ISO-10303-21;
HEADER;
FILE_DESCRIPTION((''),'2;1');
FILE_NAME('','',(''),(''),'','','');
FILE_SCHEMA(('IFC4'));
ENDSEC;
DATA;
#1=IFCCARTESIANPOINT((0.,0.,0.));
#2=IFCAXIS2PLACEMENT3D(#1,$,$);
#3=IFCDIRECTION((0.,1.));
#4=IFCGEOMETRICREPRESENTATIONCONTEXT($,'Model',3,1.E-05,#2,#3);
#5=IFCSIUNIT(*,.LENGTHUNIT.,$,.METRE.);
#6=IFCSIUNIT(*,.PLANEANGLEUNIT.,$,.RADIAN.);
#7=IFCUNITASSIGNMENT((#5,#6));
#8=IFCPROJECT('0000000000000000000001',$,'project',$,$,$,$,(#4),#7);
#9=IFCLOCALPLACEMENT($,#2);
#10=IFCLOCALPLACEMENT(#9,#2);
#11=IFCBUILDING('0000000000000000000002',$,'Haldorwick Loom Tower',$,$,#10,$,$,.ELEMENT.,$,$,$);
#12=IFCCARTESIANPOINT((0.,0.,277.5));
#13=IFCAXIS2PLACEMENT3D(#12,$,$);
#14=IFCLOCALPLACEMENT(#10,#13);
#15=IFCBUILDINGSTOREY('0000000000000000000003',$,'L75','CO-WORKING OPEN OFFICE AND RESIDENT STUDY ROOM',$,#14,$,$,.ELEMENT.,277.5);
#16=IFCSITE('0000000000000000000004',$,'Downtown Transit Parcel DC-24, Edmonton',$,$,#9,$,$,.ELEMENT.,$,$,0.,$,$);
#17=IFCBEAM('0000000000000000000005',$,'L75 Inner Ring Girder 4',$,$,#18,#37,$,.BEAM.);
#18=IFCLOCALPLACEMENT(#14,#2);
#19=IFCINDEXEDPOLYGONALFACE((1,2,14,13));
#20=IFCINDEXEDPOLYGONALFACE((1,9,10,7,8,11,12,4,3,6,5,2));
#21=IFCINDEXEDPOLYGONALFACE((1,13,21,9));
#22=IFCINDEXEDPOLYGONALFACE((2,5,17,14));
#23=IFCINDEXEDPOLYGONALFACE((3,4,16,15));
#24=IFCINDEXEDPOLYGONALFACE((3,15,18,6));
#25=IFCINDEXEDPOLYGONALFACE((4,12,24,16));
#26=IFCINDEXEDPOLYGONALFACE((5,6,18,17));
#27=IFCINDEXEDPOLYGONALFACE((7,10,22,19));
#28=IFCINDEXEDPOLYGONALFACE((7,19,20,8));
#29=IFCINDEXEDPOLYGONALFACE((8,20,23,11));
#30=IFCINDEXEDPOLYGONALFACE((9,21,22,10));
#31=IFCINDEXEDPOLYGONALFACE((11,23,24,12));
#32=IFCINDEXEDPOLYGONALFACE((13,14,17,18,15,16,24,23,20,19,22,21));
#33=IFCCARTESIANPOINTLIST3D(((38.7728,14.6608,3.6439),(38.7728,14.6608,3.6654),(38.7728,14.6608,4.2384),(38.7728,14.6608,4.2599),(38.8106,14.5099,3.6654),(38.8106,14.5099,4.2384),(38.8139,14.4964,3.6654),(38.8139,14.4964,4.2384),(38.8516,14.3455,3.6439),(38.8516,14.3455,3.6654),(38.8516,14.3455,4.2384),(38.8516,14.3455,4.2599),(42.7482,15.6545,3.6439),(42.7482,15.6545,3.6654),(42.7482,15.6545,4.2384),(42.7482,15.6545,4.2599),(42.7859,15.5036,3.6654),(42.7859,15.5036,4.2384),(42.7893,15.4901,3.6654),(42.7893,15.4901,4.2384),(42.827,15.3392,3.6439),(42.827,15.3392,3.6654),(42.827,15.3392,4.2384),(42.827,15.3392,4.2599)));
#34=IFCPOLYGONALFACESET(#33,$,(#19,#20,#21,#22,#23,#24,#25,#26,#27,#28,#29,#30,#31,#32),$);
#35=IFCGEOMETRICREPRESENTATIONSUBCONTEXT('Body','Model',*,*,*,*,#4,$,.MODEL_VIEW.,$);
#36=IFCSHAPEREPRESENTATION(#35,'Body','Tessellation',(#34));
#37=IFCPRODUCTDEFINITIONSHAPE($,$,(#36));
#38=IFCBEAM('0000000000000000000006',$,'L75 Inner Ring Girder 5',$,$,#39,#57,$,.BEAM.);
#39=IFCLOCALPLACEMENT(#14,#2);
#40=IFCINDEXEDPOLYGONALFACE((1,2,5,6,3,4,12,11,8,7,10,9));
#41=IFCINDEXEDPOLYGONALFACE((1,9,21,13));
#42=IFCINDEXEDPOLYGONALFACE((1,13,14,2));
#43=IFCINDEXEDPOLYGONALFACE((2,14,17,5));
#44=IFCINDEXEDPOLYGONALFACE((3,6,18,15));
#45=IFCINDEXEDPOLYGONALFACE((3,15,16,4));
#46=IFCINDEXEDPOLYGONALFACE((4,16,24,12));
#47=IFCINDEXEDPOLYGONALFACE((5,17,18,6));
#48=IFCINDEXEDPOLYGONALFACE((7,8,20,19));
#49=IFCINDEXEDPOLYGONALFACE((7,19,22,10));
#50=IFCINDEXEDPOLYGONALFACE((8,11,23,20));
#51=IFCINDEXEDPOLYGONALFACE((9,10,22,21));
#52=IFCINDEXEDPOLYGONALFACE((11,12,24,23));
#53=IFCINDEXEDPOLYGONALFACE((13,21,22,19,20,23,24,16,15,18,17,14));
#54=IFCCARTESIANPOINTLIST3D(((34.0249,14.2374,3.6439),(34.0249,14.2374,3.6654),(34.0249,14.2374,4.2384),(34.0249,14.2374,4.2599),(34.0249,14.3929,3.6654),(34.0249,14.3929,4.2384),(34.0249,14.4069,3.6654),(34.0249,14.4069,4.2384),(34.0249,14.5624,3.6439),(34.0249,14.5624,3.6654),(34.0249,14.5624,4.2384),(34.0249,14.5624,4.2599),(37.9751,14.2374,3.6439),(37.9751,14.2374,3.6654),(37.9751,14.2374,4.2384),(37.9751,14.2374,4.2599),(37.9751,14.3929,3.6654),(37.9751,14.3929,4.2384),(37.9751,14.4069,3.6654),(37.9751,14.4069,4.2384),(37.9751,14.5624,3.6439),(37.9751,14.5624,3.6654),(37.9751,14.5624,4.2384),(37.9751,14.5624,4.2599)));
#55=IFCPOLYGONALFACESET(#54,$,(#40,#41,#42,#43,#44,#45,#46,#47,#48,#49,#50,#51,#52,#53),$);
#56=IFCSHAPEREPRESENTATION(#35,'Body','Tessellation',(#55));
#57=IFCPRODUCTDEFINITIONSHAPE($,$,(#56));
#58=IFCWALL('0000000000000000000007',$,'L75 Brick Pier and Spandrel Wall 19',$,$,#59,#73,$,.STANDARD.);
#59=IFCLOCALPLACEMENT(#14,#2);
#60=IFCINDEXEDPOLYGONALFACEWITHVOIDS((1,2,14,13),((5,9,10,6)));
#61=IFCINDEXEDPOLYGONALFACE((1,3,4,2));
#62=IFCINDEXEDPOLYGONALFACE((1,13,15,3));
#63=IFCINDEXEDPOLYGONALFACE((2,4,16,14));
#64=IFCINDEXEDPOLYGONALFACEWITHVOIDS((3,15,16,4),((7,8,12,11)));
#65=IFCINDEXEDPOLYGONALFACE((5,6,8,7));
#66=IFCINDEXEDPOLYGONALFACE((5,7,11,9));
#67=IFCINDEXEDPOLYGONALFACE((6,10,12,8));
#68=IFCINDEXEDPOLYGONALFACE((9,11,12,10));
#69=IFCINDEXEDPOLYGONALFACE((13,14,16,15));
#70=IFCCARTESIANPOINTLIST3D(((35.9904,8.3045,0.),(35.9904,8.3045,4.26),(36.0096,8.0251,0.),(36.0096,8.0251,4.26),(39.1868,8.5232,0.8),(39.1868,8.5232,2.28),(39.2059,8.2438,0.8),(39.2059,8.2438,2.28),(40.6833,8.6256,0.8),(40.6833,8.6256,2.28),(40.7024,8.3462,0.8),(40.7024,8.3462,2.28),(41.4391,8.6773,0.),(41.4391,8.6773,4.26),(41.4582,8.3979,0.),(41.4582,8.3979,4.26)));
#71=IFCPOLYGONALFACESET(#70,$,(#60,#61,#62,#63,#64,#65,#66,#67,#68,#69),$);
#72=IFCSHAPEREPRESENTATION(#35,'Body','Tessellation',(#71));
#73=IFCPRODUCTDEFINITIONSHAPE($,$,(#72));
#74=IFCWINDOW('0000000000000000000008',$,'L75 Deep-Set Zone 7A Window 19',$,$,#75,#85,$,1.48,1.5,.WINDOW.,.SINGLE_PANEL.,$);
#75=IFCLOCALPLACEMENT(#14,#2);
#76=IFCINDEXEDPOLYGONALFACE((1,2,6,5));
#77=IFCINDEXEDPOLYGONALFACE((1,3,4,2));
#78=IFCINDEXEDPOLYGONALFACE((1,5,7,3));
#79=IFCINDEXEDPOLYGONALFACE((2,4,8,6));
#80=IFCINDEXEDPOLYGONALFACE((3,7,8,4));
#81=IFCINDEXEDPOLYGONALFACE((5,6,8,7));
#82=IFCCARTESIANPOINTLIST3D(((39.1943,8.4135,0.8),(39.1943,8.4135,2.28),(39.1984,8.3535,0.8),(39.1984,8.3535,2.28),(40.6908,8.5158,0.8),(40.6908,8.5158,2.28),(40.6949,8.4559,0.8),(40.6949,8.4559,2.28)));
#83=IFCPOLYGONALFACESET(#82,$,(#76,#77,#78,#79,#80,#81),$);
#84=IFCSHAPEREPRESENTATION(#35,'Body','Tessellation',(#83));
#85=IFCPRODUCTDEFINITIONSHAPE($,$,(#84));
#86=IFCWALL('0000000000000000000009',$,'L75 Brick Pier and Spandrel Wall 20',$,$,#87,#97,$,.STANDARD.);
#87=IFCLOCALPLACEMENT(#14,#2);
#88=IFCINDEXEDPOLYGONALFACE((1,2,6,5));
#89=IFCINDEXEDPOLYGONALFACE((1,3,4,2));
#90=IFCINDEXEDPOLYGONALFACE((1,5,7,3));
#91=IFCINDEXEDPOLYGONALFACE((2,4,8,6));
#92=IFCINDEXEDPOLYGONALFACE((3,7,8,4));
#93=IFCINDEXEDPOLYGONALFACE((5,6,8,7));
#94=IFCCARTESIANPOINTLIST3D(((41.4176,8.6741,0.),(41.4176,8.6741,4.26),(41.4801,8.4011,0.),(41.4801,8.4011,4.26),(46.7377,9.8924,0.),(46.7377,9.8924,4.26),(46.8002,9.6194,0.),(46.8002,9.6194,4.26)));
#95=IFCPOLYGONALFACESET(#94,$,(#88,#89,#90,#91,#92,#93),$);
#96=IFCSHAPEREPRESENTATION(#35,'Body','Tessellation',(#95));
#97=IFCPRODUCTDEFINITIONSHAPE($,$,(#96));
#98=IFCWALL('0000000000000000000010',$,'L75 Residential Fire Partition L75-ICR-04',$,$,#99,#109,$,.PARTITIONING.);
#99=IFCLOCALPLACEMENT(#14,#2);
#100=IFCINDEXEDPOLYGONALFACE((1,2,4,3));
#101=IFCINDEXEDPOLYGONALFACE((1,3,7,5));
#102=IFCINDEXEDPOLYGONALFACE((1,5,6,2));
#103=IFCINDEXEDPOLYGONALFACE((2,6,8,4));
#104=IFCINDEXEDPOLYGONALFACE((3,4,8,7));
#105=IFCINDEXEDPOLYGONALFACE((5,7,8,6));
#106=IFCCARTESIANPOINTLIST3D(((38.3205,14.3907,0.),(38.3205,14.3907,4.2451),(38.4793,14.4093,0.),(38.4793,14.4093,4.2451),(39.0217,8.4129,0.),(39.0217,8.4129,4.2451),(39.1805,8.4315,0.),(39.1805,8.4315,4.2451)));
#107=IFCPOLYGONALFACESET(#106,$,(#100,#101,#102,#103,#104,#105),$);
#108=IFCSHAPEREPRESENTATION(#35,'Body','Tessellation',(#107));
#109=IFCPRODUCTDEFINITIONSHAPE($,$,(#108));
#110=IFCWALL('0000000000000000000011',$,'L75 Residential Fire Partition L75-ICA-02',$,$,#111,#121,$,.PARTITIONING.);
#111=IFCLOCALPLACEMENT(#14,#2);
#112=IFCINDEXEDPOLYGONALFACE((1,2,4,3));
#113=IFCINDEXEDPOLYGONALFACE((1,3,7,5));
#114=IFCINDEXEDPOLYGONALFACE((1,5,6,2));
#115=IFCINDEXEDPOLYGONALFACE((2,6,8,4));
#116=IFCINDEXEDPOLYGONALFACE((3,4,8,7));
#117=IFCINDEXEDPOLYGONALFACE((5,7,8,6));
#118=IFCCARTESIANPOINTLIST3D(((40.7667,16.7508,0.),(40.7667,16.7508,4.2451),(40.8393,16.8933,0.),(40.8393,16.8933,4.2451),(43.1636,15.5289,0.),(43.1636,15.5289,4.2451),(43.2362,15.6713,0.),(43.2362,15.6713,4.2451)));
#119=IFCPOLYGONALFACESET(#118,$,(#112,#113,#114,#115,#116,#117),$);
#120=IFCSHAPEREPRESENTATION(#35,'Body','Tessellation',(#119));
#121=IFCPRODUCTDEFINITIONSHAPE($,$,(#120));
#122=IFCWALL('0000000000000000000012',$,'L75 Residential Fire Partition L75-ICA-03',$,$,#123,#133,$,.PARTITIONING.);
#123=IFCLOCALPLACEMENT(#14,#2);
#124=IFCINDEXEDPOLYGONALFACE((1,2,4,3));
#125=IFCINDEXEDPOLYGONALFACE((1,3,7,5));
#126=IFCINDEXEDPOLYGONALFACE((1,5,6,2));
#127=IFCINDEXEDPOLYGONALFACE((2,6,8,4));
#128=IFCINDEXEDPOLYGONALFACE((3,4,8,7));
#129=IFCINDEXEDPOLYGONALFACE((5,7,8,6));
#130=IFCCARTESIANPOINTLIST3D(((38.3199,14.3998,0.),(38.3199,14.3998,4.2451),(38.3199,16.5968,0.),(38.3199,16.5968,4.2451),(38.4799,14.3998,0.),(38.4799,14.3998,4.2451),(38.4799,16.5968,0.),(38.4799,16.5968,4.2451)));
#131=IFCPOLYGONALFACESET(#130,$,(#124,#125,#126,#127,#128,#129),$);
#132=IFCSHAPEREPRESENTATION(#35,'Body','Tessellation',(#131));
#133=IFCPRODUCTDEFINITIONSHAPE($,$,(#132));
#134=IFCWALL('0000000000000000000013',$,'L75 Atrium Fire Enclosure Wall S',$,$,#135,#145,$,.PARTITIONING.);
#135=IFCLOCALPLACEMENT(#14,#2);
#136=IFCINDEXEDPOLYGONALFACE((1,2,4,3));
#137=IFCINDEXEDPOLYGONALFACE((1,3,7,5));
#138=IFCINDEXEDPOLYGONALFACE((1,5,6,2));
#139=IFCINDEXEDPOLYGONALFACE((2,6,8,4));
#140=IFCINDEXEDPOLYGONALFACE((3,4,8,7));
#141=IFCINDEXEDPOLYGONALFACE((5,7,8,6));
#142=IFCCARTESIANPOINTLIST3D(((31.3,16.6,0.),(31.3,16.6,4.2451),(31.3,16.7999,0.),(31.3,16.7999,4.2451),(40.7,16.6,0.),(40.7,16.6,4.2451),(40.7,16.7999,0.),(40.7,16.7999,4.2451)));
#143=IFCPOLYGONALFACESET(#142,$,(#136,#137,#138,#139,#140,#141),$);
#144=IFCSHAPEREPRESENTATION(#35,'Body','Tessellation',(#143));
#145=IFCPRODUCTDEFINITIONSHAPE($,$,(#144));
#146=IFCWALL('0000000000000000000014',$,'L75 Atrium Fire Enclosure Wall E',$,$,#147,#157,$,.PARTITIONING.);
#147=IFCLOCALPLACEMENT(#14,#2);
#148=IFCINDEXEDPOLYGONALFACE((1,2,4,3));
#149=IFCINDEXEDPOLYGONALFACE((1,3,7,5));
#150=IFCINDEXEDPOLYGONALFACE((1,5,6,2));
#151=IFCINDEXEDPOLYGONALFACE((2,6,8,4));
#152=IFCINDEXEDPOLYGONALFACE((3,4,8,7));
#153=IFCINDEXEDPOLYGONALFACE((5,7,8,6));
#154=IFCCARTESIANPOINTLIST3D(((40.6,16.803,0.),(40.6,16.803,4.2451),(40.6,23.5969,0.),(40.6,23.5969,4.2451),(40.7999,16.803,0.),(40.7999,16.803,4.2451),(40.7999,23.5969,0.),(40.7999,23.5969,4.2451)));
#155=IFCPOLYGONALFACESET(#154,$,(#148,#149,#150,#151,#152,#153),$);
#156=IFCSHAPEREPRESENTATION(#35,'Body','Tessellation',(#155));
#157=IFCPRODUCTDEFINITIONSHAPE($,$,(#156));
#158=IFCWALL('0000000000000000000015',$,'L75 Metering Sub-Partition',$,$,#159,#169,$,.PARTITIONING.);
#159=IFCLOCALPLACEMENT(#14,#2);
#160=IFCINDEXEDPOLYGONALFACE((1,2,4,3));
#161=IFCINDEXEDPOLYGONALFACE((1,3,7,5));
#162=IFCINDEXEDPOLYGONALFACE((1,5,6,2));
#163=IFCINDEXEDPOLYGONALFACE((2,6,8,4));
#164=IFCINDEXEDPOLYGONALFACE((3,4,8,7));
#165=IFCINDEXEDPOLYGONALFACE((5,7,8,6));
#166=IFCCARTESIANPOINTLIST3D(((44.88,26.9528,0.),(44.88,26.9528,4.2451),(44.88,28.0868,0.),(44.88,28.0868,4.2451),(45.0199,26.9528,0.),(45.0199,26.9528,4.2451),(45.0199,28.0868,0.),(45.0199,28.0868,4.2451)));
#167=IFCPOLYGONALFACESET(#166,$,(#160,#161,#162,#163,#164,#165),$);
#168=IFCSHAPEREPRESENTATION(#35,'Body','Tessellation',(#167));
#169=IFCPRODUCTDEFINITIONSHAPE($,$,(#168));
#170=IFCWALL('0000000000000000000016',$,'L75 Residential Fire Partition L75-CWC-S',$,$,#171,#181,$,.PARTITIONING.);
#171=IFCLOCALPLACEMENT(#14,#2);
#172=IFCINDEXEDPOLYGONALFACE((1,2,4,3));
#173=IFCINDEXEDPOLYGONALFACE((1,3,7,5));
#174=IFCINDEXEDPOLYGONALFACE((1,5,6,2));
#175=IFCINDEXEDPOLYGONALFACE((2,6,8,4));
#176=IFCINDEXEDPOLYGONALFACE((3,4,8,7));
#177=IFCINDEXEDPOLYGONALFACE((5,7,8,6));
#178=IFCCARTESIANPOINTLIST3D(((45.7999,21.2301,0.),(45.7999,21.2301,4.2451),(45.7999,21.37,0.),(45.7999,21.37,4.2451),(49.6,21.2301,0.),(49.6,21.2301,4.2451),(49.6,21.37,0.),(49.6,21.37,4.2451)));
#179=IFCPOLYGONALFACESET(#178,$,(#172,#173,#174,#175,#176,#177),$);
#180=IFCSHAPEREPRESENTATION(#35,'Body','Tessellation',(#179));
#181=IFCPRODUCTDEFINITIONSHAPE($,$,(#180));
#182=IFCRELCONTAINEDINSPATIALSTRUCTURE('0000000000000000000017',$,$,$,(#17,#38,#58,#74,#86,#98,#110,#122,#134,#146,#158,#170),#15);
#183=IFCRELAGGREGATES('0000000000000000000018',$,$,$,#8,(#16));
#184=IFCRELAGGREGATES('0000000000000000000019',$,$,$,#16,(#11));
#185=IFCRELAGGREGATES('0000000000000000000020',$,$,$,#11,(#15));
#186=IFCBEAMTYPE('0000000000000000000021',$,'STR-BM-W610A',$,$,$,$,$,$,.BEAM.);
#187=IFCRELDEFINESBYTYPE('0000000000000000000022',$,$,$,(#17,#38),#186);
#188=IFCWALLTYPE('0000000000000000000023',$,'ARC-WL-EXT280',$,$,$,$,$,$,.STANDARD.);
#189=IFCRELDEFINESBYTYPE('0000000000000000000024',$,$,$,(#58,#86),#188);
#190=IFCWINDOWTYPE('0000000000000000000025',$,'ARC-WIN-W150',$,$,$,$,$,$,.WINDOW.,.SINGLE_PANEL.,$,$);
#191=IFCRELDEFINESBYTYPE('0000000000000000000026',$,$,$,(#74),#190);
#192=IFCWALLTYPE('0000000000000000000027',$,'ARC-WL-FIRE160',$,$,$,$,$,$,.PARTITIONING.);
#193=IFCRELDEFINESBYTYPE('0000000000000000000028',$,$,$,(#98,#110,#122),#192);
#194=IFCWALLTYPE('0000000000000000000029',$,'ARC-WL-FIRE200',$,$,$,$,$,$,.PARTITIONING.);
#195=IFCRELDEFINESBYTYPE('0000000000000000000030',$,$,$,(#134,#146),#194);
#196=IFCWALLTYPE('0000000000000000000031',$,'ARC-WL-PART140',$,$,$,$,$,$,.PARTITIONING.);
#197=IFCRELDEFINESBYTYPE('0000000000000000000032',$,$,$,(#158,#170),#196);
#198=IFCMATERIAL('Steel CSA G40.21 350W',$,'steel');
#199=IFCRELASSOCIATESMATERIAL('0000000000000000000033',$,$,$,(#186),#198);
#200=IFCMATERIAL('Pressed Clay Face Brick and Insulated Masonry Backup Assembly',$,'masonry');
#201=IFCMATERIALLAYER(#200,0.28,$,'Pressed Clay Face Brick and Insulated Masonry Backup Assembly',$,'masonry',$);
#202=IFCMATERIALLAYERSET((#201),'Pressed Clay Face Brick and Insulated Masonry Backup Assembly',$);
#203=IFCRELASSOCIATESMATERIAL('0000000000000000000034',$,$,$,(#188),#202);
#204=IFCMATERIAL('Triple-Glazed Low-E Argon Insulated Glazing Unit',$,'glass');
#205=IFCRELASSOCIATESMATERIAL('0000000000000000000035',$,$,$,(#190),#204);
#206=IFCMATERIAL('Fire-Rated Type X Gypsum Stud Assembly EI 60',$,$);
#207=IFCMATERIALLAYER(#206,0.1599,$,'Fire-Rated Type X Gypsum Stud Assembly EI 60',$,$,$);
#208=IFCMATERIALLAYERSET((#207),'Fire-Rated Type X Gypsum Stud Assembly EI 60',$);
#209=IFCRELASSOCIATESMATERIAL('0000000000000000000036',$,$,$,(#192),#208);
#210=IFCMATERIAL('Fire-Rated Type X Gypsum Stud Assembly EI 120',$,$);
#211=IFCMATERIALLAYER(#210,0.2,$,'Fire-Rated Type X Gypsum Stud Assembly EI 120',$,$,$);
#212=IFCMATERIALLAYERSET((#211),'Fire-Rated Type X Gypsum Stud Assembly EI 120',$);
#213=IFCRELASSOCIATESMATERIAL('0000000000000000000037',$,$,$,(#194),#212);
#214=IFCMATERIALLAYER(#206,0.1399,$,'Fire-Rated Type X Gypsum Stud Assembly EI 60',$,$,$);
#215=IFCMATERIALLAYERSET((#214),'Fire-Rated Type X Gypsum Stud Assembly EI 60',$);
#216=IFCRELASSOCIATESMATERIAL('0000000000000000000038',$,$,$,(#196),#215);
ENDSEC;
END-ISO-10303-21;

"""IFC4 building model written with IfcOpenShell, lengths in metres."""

from ifc_helpers import new_model, si_unit, direction, frame, frame_2d, origin, origin_2d, place, context, subcontext, project, spatial, rectangle, i_section, extrude, material, layer, layer_set, material_profile, profile_set, type_object, element, fill, save


model = new_model("IFC4")

# Units and contexts
model_context = context("Model", 3, precision=1e-05, world=origin(), true_north=direction((0.0, 1.0)))
body_context = subcontext(model_context, "Body", "Model", "MODEL_VIEW")
ifc_project = project(units=[si_unit("LENGTHUNIT", "METRE"), si_unit("PLANEANGLEUNIT", "RADIAN")], contexts=[model_context])

# Site, building, storey
site_placement = place(None, origin())
site = spatial("IfcSite", under=ifc_project, at=site_placement, Name="Downtown Transit Parcel DC-24, Edmonton", CompositionType="ELEMENT", RefElevation=0.0)
building_placement = place(site_placement, origin())
building = spatial("IfcBuilding", under=site, at=building_placement, Name="Haldorwick Loom Tower", CompositionType="ELEMENT")
storey_placement = place(building_placement, frame((0.0, 0.0, 277.5)))
storey = spatial("IfcBuildingStorey", under=building, at=storey_placement, Name="L75", Description="CO-WORKING OPEN OFFICE AND RESIDENT STUDY ROOM", CompositionType="ELEMENT", Elevation=277.5)

# Shared definitions
ifc_material_1 = material(Name="Steel CSA G40.21 350W", Category="steel")

# Beams
ifc_material_profile_1 = material_profile(ifc_material_1, i_section(OverallWidth=0.325, OverallDepth=0.616, WebThickness=0.0139, FlangeThickness=0.0215, at=origin_2d()), Name="W610X174", Category="steel")
ifc_profile_set_1 = profile_set([ifc_material_profile_1], Name="Steel CSA G40.21 350W")
beam_type_1 = type_object("IfcBeamType", Name="STR-BM-W610A", PredefinedType="BEAM", material=ifc_profile_set_1)
beam_1_placement = place(storey_placement, frame((42.7876, 15.4968, 3.9519), z_axis=(-0.970153, -0.242494, 0.0), x_axis=(0.242494, -0.970153, 0.0)))
element("IfcBeam", 1, at=beam_1_placement, inside=storey, type_object=beam_type_1, Name="L75 Inner Ring Girder 4", PredefinedType="BEAM", context=body_context, shape_type="SweptSolid", body=[
    extrude(i_section(OverallWidth=0.325, OverallDepth=0.616, WebThickness=0.0139, FlangeThickness=0.0215, at=origin_2d()), origin(), (0.0, 0.0, 1.0), 4.0977),
])
beam_2_placement = place(storey_placement, frame((37.9751, 14.3999, 3.9519), z_axis=(-1.0, 0.0, 0.0), x_axis=(0.0, -1.0, 0.0)))
element("IfcBeam", 2, at=beam_2_placement, inside=storey, type_object=beam_type_1, Name="L75 Inner Ring Girder 5", PredefinedType="BEAM", context=body_context, shape_type="SweptSolid", body=[
    extrude(i_section(OverallWidth=0.325, OverallDepth=0.616, WebThickness=0.0139, FlangeThickness=0.0215, at=origin_2d()), origin(), (0.0, 0.0, 1.0), 3.9502),
])

# Wall, opening, window
ifc_material_2 = material(Name="Pressed Clay Face Brick and Insulated Masonry Backup Assembly", Category="masonry")
ifc_layer_1 = layer(ifc_material_2, 0.28, Name="Pressed Clay Face Brick and Insulated Masonry Backup Assembly", Category="masonry")
ifc_layer_set_1 = layer_set([ifc_layer_1], Name="Pressed Clay Face Brick and Insulated Masonry Backup Assembly")
wall_type_1 = type_object("IfcWallType", Name="ARC-WL-EXT280", PredefinedType="STANDARD", material=ifc_layer_set_1)
wall_1_placement = place(storey_placement, frame((36.0, 8.1648, 0.0), z_axis=(0.0, 0.0, 1.0), x_axis=(0.997668, 0.068261, 0.0)))
wall_1 = element("IfcWall", 3, at=wall_1_placement, inside=storey, type_object=wall_type_1, Name="L75 Brick Pier and Spandrel Wall 19", PredefinedType="STANDARD", context=body_context, shape_type="SweptSolid", body=[
    extrude(rectangle(XDim=5.4614, YDim=0.28, at=frame_2d((2.7307, 0.0))), origin(), (0.0, 0.0, 1.0), 4.26),
])
opening_placement = place(wall_1_placement, frame((3.2039, 0.0, 0.8)))
opening = element("IfcOpeningElement", 4, at=opening_placement, cuts=wall_1, PredefinedType="OPENING", context=body_context, shape_type="SweptSolid", body=[
    extrude(rectangle(XDim=1.5, YDim=1.48, at=frame_2d((0.75, 0.74))), frame((0.0, 0.1499, 0.0), z_axis=(0.0, -1.0, 0.0), x_axis=(1.0, 0.0, 0.0)), (0.0, 0.0, 1.0), 0.3),
])
ifc_material_3 = material(Name="Triple-Glazed Low-E Argon Insulated Glazing Unit", Category="glass")
window_type = type_object("IfcWindowType", Name="ARC-WIN-W150", PartitioningType="SINGLE_PANEL", PredefinedType="WINDOW", material=ifc_material_3)
window_placement = place(opening_placement, origin())
window = element("IfcWindow", 5, at=window_placement, inside=storey, type_object=window_type, Name="L75 Deep-Set Zone 7A Window 19", OverallHeight=1.48, OverallWidth=1.5, PartitioningType="SINGLE_PANEL", PredefinedType="WINDOW", context=body_context, shape_type="SweptSolid", body=[
    extrude(rectangle(XDim=1.5, YDim=1.48, at=frame_2d((0.75, 0.74))), frame((0.0, 0.03, 0.0), z_axis=(0.0, -1.0, 0.0), x_axis=(1.0, 0.0, 0.0)), (0.0, 0.0, 1.0), 0.0601),
])
fill(opening, window)

# Walls
wall_2_placement = place(storey_placement, frame((41.4487, 8.5376, 0.0), z_axis=(0.0, 0.0, 1.0), x_axis=(0.974769, 0.223216, 0.0)))
element("IfcWall", 6, at=wall_2_placement, inside=storey, type_object=wall_type_1, Name="L75 Brick Pier and Spandrel Wall 20", PredefinedType="STANDARD", context=body_context, shape_type="SweptSolid", body=[
    extrude(rectangle(XDim=5.4578, YDim=0.28, at=frame_2d((2.729, 0.0))), origin(), (0.0, 0.0, 1.0), 4.26),
])
ifc_material_4 = material(Name="Fire-Rated Type X Gypsum Stud Assembly EI 60")
ifc_layer_2 = layer(ifc_material_4, 0.1599, Name="Fire-Rated Type X Gypsum Stud Assembly EI 60")
ifc_layer_set_2 = layer_set([ifc_layer_2], Name="Fire-Rated Type X Gypsum Stud Assembly EI 60")
wall_type_2 = type_object("IfcWallType", Name="ARC-WL-FIRE160", PredefinedType="PARTITIONING", material=ifc_layer_set_2)
wall_3_placement = place(storey_placement, frame((38.3999, 14.3999, 0.0), z_axis=(0.0, 0.0, 1.0), x_axis=(0.116498, -0.993191, 0.0)))
element("IfcWall", 7, at=wall_3_placement, inside=storey, type_object=wall_type_2, Name="L75 Residential Fire Partition L75-ICR-04", PredefinedType="PARTITIONING", context=body_context, shape_type="SweptSolid", body=[
    extrude(rectangle(XDim=6.0188, YDim=0.1599, at=frame_2d((3.0093, 0.0))), origin(), (0.0, 0.0, 1.0), 4.2451),
])
wall_4_placement = place(storey_placement, frame((40.803, 16.822, 0.0), z_axis=(0.0, 0.0, 1.0), x_axis=(0.890916, -0.454169, 0.0)))
element("IfcWall", 8, at=wall_4_placement, inside=storey, type_object=wall_type_2, Name="L75 Residential Fire Partition L75-ICA-02", PredefinedType="PARTITIONING", context=body_context, shape_type="SweptSolid", body=[
    extrude(rectangle(XDim=2.6904, YDim=0.1599, at=frame_2d((1.3452, 0.0))), origin(), (0.0, 0.0, 1.0), 4.2451),
])
wall_5_placement = place(storey_placement, frame((38.3999, 16.5969, 0.0), z_axis=(0.0, 0.0, 1.0), x_axis=(0.0, -1.0, 0.0)))
element("IfcWall", 9, at=wall_5_placement, inside=storey, type_object=wall_type_2, Name="L75 Residential Fire Partition L75-ICA-03", PredefinedType="PARTITIONING", context=body_context, shape_type="SweptSolid", body=[
    extrude(rectangle(XDim=2.197, YDim=0.1599, at=frame_2d((1.0986, 0.0))), origin(), (0.0, 0.0, 1.0), 4.2451),
])
ifc_material_5 = material(Name="Fire-Rated Type X Gypsum Stud Assembly EI 120")
ifc_layer_3 = layer(ifc_material_5, 0.2, Name="Fire-Rated Type X Gypsum Stud Assembly EI 120")
ifc_layer_set_3 = layer_set([ifc_layer_3], Name="Fire-Rated Type X Gypsum Stud Assembly EI 120")
wall_type_3 = type_object("IfcWallType", Name="ARC-WL-FIRE200", PredefinedType="PARTITIONING", material=ifc_layer_set_3)
wall_6_placement = place(storey_placement, frame((40.7, 16.7, 0.0), z_axis=(0.0, 0.0, 1.0), x_axis=(-1.0, 0.0, 0.0)))
element("IfcWall", 10, at=wall_6_placement, inside=storey, type_object=wall_type_3, Name="L75 Atrium Fire Enclosure Wall S", PredefinedType="PARTITIONING", context=body_context, shape_type="SweptSolid", body=[
    extrude(rectangle(XDim=9.3999, YDim=0.2, at=frame_2d((4.7, 0.0))), origin(), (0.0, 0.0, 1.0), 4.2451),
])
wall_7_placement = place(storey_placement, frame((40.7, 23.5969, 0.0), z_axis=(0.0, 0.0, 1.0), x_axis=(0.0, -1.0, 0.0)))
element("IfcWall", 11, at=wall_7_placement, inside=storey, type_object=wall_type_3, Name="L75 Atrium Fire Enclosure Wall E", PredefinedType="PARTITIONING", context=body_context, shape_type="SweptSolid", body=[
    extrude(rectangle(XDim=6.7939, YDim=0.2, at=frame_2d((3.397, 0.0))), origin(), (0.0, 0.0, 1.0), 4.2451),
])
ifc_layer_4 = layer(ifc_material_4, 0.1399, Name="Fire-Rated Type X Gypsum Stud Assembly EI 60")
ifc_layer_set_4 = layer_set([ifc_layer_4], Name="Fire-Rated Type X Gypsum Stud Assembly EI 60")
wall_type_4 = type_object("IfcWallType", Name="ARC-WL-PART140", PredefinedType="PARTITIONING", material=ifc_layer_set_4)
wall_8_placement = place(storey_placement, frame((44.95, 26.9529, 0.0), z_axis=(0.0, 0.0, 1.0), x_axis=(0.0, 1.0, 0.0)))
element("IfcWall", 12, at=wall_8_placement, inside=storey, type_object=wall_type_4, Name="L75 Metering Sub-Partition", PredefinedType="PARTITIONING", context=body_context, shape_type="SweptSolid", body=[
    extrude(rectangle(XDim=1.134, YDim=0.1399, at=frame_2d((0.5669, 0.0))), origin(), (0.0, 0.0, 1.0), 4.2451),
])
wall_9_placement = place(storey_placement, frame((45.8, 21.3, 0.0), z_axis=(0.0, 0.0, 1.0), x_axis=(1.0, 0.0, 0.0)))
element("IfcWall", 13, at=wall_9_placement, inside=storey, type_object=wall_type_4, Name="L75 Residential Fire Partition L75-CWC-S", PredefinedType="PARTITIONING", context=body_context, shape_type="SweptSolid", body=[
    extrude(rectangle(XDim=3.8, YDim=0.1399, at=frame_2d((1.8999, 0.0))), origin(), (0.0, 0.0, 1.0), 4.2451),
])

save(model, "model.ifc")
